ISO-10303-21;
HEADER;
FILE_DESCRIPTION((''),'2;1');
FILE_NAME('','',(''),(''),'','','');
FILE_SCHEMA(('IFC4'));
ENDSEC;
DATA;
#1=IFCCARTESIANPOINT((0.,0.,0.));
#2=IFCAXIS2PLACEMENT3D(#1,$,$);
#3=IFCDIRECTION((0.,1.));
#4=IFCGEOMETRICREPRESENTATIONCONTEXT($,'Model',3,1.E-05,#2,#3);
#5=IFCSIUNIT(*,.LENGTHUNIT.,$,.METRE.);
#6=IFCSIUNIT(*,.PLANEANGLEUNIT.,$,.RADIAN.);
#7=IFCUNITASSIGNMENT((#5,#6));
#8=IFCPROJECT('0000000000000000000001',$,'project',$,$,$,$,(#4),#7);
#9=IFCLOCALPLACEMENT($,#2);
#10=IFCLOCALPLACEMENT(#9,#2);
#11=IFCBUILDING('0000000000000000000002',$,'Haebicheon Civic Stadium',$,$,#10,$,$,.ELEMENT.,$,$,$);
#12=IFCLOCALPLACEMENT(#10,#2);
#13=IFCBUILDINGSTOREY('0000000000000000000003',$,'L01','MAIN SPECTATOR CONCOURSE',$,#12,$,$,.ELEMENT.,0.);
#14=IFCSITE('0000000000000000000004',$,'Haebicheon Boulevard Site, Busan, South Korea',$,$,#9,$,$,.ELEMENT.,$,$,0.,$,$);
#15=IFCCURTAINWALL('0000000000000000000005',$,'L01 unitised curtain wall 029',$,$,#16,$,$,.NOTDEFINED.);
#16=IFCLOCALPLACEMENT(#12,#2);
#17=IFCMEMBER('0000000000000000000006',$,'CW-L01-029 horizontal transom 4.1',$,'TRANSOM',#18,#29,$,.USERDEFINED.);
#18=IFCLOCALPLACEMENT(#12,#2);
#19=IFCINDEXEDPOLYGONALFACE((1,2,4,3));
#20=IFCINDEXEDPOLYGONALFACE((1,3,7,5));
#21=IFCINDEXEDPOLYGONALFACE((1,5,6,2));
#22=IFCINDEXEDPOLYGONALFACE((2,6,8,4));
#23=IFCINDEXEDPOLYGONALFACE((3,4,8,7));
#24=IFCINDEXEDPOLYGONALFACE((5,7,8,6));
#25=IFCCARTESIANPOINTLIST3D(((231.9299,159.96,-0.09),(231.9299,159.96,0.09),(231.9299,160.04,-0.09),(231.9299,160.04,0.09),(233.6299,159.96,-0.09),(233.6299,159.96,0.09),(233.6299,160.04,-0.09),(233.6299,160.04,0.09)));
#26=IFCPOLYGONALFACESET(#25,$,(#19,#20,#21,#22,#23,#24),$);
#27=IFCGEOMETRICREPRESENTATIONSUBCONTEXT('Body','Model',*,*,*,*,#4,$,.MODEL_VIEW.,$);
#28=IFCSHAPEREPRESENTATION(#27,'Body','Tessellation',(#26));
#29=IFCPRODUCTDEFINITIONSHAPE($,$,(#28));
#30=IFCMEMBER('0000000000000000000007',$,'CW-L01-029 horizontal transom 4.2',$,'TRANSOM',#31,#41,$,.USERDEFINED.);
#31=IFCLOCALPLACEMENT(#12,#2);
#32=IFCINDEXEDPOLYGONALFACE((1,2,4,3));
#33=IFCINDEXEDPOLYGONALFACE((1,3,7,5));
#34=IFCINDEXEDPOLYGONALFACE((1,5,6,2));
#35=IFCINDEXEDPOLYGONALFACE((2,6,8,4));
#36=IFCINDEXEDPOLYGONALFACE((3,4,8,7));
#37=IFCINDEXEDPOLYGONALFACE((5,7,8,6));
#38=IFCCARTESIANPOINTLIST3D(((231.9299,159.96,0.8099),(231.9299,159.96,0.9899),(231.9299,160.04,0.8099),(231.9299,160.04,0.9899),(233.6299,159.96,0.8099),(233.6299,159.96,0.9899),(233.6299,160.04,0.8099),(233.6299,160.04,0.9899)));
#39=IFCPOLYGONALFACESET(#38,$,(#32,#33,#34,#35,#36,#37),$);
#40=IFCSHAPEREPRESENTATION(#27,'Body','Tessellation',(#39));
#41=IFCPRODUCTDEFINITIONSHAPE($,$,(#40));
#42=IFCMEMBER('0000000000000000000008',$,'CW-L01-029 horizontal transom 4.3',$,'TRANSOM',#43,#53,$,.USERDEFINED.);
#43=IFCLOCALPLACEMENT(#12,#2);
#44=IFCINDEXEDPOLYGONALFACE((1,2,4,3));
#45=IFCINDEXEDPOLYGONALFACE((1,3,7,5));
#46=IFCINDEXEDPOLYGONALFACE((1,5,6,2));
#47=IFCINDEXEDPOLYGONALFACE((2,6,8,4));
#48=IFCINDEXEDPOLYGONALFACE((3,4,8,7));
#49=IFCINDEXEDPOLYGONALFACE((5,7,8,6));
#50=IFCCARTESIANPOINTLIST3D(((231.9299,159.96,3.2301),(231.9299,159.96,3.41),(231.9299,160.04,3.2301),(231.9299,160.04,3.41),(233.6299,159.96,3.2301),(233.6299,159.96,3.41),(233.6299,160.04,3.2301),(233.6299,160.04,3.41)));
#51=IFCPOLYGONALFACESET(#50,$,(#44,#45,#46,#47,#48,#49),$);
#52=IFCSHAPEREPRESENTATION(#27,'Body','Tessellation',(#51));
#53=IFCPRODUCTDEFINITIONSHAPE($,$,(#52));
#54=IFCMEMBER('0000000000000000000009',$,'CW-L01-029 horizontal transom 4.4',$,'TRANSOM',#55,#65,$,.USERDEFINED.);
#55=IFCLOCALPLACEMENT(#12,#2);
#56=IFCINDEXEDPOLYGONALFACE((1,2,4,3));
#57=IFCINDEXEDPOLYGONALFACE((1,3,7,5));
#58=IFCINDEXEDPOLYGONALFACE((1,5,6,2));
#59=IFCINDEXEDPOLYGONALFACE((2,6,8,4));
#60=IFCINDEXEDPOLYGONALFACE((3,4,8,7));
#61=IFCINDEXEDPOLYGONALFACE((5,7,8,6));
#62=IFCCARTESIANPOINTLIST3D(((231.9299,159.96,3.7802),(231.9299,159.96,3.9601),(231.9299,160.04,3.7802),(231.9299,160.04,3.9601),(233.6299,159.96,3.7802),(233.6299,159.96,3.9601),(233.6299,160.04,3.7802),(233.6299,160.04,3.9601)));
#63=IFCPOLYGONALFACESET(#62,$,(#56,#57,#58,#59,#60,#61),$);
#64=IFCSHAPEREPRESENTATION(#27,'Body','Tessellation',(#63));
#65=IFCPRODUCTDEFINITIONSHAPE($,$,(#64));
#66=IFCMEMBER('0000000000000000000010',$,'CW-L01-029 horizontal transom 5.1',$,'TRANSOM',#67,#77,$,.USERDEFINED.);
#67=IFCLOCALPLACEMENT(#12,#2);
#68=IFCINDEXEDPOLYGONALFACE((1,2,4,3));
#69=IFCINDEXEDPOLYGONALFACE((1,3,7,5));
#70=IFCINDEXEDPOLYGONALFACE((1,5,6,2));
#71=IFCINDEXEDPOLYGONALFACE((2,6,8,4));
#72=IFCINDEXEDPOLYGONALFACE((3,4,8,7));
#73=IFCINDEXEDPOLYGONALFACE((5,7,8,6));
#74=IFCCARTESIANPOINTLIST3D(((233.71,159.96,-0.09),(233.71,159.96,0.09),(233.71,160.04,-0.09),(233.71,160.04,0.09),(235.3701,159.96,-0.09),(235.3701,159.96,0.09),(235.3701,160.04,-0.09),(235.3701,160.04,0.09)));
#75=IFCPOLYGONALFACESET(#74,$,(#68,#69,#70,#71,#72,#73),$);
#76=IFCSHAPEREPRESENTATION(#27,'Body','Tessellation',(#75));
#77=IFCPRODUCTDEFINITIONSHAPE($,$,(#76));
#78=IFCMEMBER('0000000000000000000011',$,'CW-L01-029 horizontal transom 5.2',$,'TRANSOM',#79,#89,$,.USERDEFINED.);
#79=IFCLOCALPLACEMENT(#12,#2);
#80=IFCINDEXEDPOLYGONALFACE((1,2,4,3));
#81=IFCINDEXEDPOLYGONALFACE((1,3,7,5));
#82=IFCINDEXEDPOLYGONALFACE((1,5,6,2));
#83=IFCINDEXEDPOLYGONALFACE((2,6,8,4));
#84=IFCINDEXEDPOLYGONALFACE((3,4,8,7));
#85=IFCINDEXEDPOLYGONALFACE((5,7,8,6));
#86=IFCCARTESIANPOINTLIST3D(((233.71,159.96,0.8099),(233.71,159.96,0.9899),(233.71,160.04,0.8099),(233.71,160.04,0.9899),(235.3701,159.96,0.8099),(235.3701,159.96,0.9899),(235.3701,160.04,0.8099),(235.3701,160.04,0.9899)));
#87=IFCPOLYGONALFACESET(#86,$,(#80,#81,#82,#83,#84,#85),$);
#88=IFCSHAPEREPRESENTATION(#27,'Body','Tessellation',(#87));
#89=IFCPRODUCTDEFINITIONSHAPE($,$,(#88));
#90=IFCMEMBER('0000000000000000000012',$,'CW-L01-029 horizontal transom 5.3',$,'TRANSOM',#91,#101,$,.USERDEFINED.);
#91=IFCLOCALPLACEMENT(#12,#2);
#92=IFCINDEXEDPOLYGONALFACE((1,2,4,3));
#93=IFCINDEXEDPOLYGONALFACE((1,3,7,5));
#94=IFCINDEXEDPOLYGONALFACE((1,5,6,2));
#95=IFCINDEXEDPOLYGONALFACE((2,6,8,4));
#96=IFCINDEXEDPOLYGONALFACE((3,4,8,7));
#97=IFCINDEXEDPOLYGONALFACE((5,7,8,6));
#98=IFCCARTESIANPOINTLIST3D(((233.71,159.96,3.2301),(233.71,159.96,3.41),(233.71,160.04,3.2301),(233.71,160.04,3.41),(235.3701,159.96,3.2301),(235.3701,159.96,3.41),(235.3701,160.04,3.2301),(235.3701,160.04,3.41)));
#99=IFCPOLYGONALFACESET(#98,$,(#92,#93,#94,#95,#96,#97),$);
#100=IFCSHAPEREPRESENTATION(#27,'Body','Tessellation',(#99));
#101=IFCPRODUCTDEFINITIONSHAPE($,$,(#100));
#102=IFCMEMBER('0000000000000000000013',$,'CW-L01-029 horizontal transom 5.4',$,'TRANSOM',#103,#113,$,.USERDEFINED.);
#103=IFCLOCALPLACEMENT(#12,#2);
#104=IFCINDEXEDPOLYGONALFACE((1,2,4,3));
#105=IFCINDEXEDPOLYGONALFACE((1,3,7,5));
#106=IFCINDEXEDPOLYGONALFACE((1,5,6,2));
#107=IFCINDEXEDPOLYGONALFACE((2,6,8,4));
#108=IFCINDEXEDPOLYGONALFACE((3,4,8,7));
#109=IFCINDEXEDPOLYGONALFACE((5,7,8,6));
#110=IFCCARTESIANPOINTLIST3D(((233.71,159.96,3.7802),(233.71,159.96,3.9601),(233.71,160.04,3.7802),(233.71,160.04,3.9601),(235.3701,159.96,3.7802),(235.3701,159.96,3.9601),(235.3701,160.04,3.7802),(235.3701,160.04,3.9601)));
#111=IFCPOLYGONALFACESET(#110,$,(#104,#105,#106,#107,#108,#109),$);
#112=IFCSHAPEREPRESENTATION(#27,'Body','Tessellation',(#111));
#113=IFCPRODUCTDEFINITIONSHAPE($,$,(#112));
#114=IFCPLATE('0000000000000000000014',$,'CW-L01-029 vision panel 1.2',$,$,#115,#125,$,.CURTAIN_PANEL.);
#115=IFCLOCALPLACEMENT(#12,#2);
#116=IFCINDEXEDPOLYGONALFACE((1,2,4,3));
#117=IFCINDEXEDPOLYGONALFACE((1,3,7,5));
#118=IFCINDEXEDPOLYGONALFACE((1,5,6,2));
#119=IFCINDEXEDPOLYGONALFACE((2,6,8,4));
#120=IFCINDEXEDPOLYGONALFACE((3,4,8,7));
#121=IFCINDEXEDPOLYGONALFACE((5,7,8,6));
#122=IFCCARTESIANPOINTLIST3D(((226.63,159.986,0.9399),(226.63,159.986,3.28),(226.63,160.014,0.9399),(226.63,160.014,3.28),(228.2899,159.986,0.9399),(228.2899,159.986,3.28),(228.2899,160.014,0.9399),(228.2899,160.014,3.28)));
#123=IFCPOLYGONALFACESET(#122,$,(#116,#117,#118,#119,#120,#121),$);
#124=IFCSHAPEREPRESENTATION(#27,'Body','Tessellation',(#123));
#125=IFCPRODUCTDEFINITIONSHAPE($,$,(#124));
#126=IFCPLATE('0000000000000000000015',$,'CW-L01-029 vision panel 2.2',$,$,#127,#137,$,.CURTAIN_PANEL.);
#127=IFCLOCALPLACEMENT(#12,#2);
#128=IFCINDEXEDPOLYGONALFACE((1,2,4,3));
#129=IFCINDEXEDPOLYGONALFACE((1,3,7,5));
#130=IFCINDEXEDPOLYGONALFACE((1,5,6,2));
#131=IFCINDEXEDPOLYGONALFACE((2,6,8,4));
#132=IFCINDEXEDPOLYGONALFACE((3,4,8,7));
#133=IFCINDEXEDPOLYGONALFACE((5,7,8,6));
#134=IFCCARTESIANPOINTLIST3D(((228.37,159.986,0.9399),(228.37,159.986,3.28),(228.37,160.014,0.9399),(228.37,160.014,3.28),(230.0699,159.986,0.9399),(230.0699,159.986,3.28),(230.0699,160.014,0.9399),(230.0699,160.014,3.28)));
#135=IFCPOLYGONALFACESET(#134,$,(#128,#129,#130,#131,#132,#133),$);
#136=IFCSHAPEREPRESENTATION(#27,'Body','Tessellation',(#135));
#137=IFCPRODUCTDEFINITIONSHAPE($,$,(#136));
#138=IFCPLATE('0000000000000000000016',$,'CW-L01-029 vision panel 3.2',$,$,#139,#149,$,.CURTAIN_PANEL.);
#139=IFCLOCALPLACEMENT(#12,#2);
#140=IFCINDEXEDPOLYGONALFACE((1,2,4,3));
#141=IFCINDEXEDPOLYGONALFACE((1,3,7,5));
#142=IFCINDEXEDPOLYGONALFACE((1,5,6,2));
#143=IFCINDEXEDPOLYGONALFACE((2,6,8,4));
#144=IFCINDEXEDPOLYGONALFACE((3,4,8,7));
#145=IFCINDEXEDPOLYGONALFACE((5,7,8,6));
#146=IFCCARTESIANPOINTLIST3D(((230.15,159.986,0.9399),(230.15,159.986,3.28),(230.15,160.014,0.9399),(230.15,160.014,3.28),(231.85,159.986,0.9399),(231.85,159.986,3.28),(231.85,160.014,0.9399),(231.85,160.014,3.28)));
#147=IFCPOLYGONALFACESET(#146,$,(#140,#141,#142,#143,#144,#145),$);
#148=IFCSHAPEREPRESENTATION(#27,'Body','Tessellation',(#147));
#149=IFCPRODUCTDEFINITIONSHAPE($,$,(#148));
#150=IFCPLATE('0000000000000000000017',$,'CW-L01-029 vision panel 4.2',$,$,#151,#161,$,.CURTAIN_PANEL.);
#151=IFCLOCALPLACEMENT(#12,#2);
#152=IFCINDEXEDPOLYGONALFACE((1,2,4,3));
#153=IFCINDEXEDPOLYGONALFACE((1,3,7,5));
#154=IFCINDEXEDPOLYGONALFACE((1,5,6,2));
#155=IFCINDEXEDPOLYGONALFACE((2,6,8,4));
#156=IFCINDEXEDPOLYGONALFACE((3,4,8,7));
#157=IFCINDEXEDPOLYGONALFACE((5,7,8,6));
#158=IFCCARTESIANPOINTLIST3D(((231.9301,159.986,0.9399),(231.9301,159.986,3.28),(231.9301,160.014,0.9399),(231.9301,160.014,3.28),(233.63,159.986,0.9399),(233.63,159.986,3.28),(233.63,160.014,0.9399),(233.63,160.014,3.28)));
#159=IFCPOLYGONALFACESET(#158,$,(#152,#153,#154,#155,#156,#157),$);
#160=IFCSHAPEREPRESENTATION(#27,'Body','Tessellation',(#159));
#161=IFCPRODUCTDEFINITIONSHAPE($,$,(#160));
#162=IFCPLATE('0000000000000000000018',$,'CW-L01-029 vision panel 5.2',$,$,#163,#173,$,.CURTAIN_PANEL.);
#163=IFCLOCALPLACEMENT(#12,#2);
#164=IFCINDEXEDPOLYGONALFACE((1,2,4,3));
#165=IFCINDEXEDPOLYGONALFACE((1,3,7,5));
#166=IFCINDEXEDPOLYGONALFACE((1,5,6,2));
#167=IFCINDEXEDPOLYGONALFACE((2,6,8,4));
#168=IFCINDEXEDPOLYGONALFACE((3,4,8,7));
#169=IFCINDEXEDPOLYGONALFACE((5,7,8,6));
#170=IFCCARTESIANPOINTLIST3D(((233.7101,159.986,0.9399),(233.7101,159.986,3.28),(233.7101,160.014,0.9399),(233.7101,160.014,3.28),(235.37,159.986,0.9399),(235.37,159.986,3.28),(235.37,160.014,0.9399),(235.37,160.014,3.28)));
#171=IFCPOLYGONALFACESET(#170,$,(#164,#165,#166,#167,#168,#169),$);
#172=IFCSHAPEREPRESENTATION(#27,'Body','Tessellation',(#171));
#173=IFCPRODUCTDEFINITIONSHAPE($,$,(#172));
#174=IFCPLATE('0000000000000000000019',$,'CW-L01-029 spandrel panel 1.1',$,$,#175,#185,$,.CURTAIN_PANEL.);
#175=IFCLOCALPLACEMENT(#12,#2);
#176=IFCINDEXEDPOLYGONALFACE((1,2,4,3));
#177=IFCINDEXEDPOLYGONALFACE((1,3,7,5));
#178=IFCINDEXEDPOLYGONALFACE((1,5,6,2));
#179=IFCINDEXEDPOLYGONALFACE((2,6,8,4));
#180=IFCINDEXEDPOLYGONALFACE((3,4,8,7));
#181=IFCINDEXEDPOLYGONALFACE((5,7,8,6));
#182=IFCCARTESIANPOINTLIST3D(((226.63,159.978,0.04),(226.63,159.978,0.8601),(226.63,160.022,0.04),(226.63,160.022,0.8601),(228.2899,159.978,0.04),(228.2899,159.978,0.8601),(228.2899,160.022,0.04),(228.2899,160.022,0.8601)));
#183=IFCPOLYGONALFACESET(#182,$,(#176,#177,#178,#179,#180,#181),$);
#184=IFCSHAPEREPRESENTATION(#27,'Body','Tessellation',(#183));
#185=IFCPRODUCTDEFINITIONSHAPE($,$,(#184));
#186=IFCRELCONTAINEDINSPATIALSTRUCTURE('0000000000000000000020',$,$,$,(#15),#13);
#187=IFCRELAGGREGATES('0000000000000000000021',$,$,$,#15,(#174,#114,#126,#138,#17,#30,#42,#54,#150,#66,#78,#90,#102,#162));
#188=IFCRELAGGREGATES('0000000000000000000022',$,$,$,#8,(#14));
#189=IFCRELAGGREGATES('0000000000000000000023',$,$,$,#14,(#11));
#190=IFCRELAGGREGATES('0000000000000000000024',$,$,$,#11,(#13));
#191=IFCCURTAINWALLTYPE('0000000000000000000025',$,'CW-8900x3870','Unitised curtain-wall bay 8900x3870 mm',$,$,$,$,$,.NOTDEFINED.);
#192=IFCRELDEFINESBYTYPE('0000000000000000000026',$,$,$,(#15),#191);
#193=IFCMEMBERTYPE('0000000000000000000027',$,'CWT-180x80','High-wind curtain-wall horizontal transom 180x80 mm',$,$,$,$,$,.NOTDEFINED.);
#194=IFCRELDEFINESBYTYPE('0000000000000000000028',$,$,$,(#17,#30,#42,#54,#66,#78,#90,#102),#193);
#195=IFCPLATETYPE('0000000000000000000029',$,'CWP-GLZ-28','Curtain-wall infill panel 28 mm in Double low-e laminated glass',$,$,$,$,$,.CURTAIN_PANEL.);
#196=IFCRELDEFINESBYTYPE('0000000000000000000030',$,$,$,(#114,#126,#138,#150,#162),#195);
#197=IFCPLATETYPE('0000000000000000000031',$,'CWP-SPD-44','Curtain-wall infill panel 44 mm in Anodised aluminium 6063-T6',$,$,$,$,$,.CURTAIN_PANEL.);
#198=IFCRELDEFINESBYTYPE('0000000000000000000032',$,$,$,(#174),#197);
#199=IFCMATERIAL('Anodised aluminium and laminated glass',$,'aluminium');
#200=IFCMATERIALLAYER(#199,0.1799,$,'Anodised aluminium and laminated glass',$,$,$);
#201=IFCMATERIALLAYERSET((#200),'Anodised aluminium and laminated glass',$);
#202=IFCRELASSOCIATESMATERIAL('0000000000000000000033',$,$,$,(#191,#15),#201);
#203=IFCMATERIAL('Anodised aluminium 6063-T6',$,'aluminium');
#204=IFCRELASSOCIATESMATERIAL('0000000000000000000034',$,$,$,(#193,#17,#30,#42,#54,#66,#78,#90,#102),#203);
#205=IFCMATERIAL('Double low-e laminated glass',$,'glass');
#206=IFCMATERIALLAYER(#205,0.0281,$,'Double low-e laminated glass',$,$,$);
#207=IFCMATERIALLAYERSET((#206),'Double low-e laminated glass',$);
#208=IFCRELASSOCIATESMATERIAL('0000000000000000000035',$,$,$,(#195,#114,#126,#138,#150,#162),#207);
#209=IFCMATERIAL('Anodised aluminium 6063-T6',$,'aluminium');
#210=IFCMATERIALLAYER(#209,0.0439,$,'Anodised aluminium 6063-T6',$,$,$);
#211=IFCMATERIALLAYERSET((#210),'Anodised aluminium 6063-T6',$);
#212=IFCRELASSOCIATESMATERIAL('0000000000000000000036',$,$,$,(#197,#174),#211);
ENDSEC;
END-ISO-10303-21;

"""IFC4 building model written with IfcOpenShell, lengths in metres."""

from ifc_helpers import new_model, si_unit, direction, frame, origin, origin_2d, place, context, subcontext, project, spatial, rectangle, extrude, material, layer, layer_set, material_profile, profile_set, type_object, element, aggregate, save


model = new_model("IFC4")

# Units and contexts
model_context = context("Model", 3, precision=1e-05, world=origin(), true_north=direction((0.0, 1.0)))
body_context = subcontext(model_context, "Body", "Model", "MODEL_VIEW")
ifc_project = project(units=[si_unit("LENGTHUNIT", "METRE"), si_unit("PLANEANGLEUNIT", "RADIAN")], contexts=[model_context])

# Site, building, storey
site_placement = place(None, origin())
site = spatial("IfcSite", under=ifc_project, at=site_placement, Name="Haebicheon Boulevard Site, Busan, South Korea", CompositionType="ELEMENT", RefElevation=0.0)
building_placement = place(site_placement, origin())
building = spatial("IfcBuilding", under=site, at=building_placement, Name="Haebicheon Civic Stadium", CompositionType="ELEMENT")
storey_placement = place(building_placement, origin())
storey = spatial("IfcBuildingStorey", under=building, at=storey_placement, Name="L01", Description="MAIN SPECTATOR CONCOURSE", CompositionType="ELEMENT", Elevation=0.0)

# Curtain wall, members, plates
ifc_material_1 = material(Name="Anodised aluminium and laminated glass", Category="aluminium")
ifc_layer_1 = layer(ifc_material_1, 0.1799, Name="Anodised aluminium and laminated glass")
ifc_layer_set_1 = layer_set([ifc_layer_1], Name="Anodised aluminium and laminated glass")
curtain_wall_type = type_object("IfcCurtainWallType", Name="CW-8900x3870", Description="Unitised curtain-wall bay 8900x3870 mm", PredefinedType="NOTDEFINED", material=ifc_layer_set_1)
curtain_wall_placement = place(storey_placement, origin())
curtain_wall = element("IfcCurtainWall", 1, at=curtain_wall_placement, inside=storey, type_object=curtain_wall_type, material=ifc_layer_set_1, Name="L01 unitised curtain wall 029", PredefinedType="NOTDEFINED")
ifc_material_2 = material(Name="Anodised aluminium 6063-T6", Category="aluminium")
ifc_material_profile_1 = material_profile(ifc_material_2, rectangle(XDim=0.0801, YDim=0.1799, at=origin_2d()), Name="ALU-TRAN-80x180")
ifc_profile_set_1 = profile_set([ifc_material_profile_1], Name="Anodised aluminium 6063-T6")
member_type_1 = type_object("IfcMemberType", Name="CWT-180x80", Description="High-wind curtain-wall horizontal transom 180x80 mm", PredefinedType="NOTDEFINED", material=ifc_profile_set_1)
member_1_placement = place(storey_placement, frame((231.9299, 160.0, 0.0), z_axis=(1.0, 0.0, 0.0), x_axis=(0.0, 1.0, 0.0)))
member_1 = element("IfcMember", 2, at=member_1_placement, type_object=member_type_1, material=ifc_profile_set_1, Name="CW-L01-029 horizontal transom 4.1", ObjectType="TRANSOM", PredefinedType="USERDEFINED", context=body_context, shape_type="SweptSolid", body=[
    extrude(rectangle(XDim=0.0801, YDim=0.1799, at=origin_2d()), origin(), (0.0, 0.0, 1.0), 1.7),
])
member_2_placement = place(storey_placement, frame((231.9299, 160.0, 0.8999), z_axis=(1.0, 0.0, 0.0), x_axis=(0.0, 1.0, 0.0)))
member_2 = element("IfcMember", 3, at=member_2_placement, type_object=member_type_1, material=ifc_profile_set_1, Name="CW-L01-029 horizontal transom 4.2", ObjectType="TRANSOM", PredefinedType="USERDEFINED", context=body_context, shape_type="SweptSolid", body=[
    extrude(rectangle(XDim=0.0801, YDim=0.1799, at=origin_2d()), origin(), (0.0, 0.0, 1.0), 1.7),
])
member_3_placement = place(storey_placement, frame((231.9299, 160.0, 3.3201), z_axis=(1.0, 0.0, 0.0), x_axis=(0.0, 1.0, 0.0)))
member_3 = element("IfcMember", 4, at=member_3_placement, type_object=member_type_1, material=ifc_profile_set_1, Name="CW-L01-029 horizontal transom 4.3", ObjectType="TRANSOM", PredefinedType="USERDEFINED", context=body_context, shape_type="SweptSolid", body=[
    extrude(rectangle(XDim=0.0801, YDim=0.1799, at=origin_2d()), origin(), (0.0, 0.0, 1.0), 1.7),
])
member_4_placement = place(storey_placement, frame((231.9299, 160.0, 3.8701), z_axis=(1.0, 0.0, 0.0), x_axis=(0.0, 1.0, 0.0)))
member_4 = element("IfcMember", 5, at=member_4_placement, type_object=member_type_1, material=ifc_profile_set_1, Name="CW-L01-029 horizontal transom 4.4", ObjectType="TRANSOM", PredefinedType="USERDEFINED", context=body_context, shape_type="SweptSolid", body=[
    extrude(rectangle(XDim=0.0801, YDim=0.1799, at=origin_2d()), origin(), (0.0, 0.0, 1.0), 1.7),
])
member_5_placement = place(storey_placement, frame((233.71, 160.0, 0.0), z_axis=(1.0, 0.0, 0.0), x_axis=(0.0, 1.0, 0.0)))
member_5 = element("IfcMember", 6, at=member_5_placement, type_object=member_type_1, material=ifc_profile_set_1, Name="CW-L01-029 horizontal transom 5.1", ObjectType="TRANSOM", PredefinedType="USERDEFINED", context=body_context, shape_type="SweptSolid", body=[
    extrude(rectangle(XDim=0.0801, YDim=0.1799, at=origin_2d()), origin(), (0.0, 0.0, 1.0), 1.6602),
])
member_6_placement = place(storey_placement, frame((233.71, 160.0, 0.8999), z_axis=(1.0, 0.0, 0.0), x_axis=(0.0, 1.0, 0.0)))
member_6 = element("IfcMember", 7, at=member_6_placement, type_object=member_type_1, material=ifc_profile_set_1, Name="CW-L01-029 horizontal transom 5.2", ObjectType="TRANSOM", PredefinedType="USERDEFINED", context=body_context, shape_type="SweptSolid", body=[
    extrude(rectangle(XDim=0.0801, YDim=0.1799, at=origin_2d()), origin(), (0.0, 0.0, 1.0), 1.6602),
])
member_7_placement = place(storey_placement, frame((233.71, 160.0, 3.3201), z_axis=(1.0, 0.0, 0.0), x_axis=(0.0, 1.0, 0.0)))
member_7 = element("IfcMember", 8, at=member_7_placement, type_object=member_type_1, material=ifc_profile_set_1, Name="CW-L01-029 horizontal transom 5.3", ObjectType="TRANSOM", PredefinedType="USERDEFINED", context=body_context, shape_type="SweptSolid", body=[
    extrude(rectangle(XDim=0.0801, YDim=0.1799, at=origin_2d()), origin(), (0.0, 0.0, 1.0), 1.6602),
])
member_8_placement = place(storey_placement, frame((233.71, 160.0, 3.8701), z_axis=(1.0, 0.0, 0.0), x_axis=(0.0, 1.0, 0.0)))
member_8 = element("IfcMember", 9, at=member_8_placement, type_object=member_type_1, material=ifc_profile_set_1, Name="CW-L01-029 horizontal transom 5.4", ObjectType="TRANSOM", PredefinedType="USERDEFINED", context=body_context, shape_type="SweptSolid", body=[
    extrude(rectangle(XDim=0.0801, YDim=0.1799, at=origin_2d()), origin(), (0.0, 0.0, 1.0), 1.6602),
])
ifc_material_3 = material(Name="Double low-e laminated glass", Category="glass")
ifc_layer_2 = layer(ifc_material_3, 0.0281, Name="Double low-e laminated glass")
ifc_layer_set_2 = layer_set([ifc_layer_2], Name="Double low-e laminated glass")
plate_type_1 = type_object("IfcPlateType", Name="CWP-GLZ-28", Description="Curtain-wall infill panel 28 mm in Double low-e laminated glass", PredefinedType="CURTAIN_PANEL", material=ifc_layer_set_2)
plate_1_placement = place(storey_placement, frame((227.46, 160.0, 0.9399), z_axis=(0.0, 0.0, 1.0), x_axis=(1.0, 0.0, 0.0)))
plate_1 = element("IfcPlate", 10, at=plate_1_placement, type_object=plate_type_1, material=ifc_layer_set_2, Name="CW-L01-029 vision panel 1.2", PredefinedType="CURTAIN_PANEL", context=body_context, shape_type="SweptSolid", body=[
    extrude(rectangle(XDim=1.6599, YDim=0.0281, at=origin_2d()), origin(), (0.0, 0.0, 1.0), 2.3401),
])
plate_2_placement = place(storey_placement, frame((229.22, 160.0, 0.9399), z_axis=(0.0, 0.0, 1.0), x_axis=(1.0, 0.0, 0.0)))
plate_2 = element("IfcPlate", 11, at=plate_2_placement, type_object=plate_type_1, material=ifc_layer_set_2, Name="CW-L01-029 vision panel 2.2", PredefinedType="CURTAIN_PANEL", context=body_context, shape_type="SweptSolid", body=[
    extrude(rectangle(XDim=1.7, YDim=0.0281, at=origin_2d()), origin(), (0.0, 0.0, 1.0), 2.3401),
])
plate_3_placement = place(storey_placement, frame((231.0, 160.0, 0.9399), z_axis=(0.0, 0.0, 1.0), x_axis=(1.0, 0.0, 0.0)))
plate_3 = element("IfcPlate", 12, at=plate_3_placement, type_object=plate_type_1, material=ifc_layer_set_2, Name="CW-L01-029 vision panel 3.2", PredefinedType="CURTAIN_PANEL", context=body_context, shape_type="SweptSolid", body=[
    extrude(rectangle(XDim=1.7, YDim=0.0281, at=origin_2d()), origin(), (0.0, 0.0, 1.0), 2.3401),
])
plate_4_placement = place(storey_placement, frame((232.78, 160.0, 0.9399), z_axis=(0.0, 0.0, 1.0), x_axis=(1.0, 0.0, 0.0)))
plate_4 = element("IfcPlate", 13, at=plate_4_placement, type_object=plate_type_1, material=ifc_layer_set_2, Name="CW-L01-029 vision panel 4.2", PredefinedType="CURTAIN_PANEL", context=body_context, shape_type="SweptSolid", body=[
    extrude(rectangle(XDim=1.7, YDim=0.0281, at=origin_2d()), origin(), (0.0, 0.0, 1.0), 2.3401),
])
plate_5_placement = place(storey_placement, frame((234.54, 160.0, 0.9399), z_axis=(0.0, 0.0, 1.0), x_axis=(1.0, 0.0, 0.0)))
plate_5 = element("IfcPlate", 14, at=plate_5_placement, type_object=plate_type_1, material=ifc_layer_set_2, Name="CW-L01-029 vision panel 5.2", PredefinedType="CURTAIN_PANEL", context=body_context, shape_type="SweptSolid", body=[
    extrude(rectangle(XDim=1.6599, YDim=0.0281, at=origin_2d()), origin(), (0.0, 0.0, 1.0), 2.3401),
])
ifc_material_4 = material(Name="Anodised aluminium 6063-T6", Category="aluminium")
ifc_layer_3 = layer(ifc_material_4, 0.0439, Name="Anodised aluminium 6063-T6")
ifc_layer_set_3 = layer_set([ifc_layer_3], Name="Anodised aluminium 6063-T6")
plate_type_2 = type_object("IfcPlateType", Name="CWP-SPD-44", Description="Curtain-wall infill panel 44 mm in Anodised aluminium 6063-T6", PredefinedType="CURTAIN_PANEL", material=ifc_layer_set_3)
plate_6_placement = place(storey_placement, frame((227.46, 160.0, 0.04), z_axis=(0.0, 0.0, 1.0), x_axis=(1.0, 0.0, 0.0)))
plate_6 = element("IfcPlate", 15, at=plate_6_placement, type_object=plate_type_2, material=ifc_layer_set_3, Name="CW-L01-029 spandrel panel 1.1", PredefinedType="CURTAIN_PANEL", context=body_context, shape_type="SweptSolid", body=[
    extrude(rectangle(XDim=1.6599, YDim=0.0439, at=origin_2d()), origin(), (0.0, 0.0, 1.0), 0.8201),
])
aggregate(curtain_wall, [plate_6, plate_1, plate_2, plate_3, member_1, member_2, member_3, member_4, plate_4, member_5, member_6, member_7, member_8, plate_5])

save(model, "model.ifc")
